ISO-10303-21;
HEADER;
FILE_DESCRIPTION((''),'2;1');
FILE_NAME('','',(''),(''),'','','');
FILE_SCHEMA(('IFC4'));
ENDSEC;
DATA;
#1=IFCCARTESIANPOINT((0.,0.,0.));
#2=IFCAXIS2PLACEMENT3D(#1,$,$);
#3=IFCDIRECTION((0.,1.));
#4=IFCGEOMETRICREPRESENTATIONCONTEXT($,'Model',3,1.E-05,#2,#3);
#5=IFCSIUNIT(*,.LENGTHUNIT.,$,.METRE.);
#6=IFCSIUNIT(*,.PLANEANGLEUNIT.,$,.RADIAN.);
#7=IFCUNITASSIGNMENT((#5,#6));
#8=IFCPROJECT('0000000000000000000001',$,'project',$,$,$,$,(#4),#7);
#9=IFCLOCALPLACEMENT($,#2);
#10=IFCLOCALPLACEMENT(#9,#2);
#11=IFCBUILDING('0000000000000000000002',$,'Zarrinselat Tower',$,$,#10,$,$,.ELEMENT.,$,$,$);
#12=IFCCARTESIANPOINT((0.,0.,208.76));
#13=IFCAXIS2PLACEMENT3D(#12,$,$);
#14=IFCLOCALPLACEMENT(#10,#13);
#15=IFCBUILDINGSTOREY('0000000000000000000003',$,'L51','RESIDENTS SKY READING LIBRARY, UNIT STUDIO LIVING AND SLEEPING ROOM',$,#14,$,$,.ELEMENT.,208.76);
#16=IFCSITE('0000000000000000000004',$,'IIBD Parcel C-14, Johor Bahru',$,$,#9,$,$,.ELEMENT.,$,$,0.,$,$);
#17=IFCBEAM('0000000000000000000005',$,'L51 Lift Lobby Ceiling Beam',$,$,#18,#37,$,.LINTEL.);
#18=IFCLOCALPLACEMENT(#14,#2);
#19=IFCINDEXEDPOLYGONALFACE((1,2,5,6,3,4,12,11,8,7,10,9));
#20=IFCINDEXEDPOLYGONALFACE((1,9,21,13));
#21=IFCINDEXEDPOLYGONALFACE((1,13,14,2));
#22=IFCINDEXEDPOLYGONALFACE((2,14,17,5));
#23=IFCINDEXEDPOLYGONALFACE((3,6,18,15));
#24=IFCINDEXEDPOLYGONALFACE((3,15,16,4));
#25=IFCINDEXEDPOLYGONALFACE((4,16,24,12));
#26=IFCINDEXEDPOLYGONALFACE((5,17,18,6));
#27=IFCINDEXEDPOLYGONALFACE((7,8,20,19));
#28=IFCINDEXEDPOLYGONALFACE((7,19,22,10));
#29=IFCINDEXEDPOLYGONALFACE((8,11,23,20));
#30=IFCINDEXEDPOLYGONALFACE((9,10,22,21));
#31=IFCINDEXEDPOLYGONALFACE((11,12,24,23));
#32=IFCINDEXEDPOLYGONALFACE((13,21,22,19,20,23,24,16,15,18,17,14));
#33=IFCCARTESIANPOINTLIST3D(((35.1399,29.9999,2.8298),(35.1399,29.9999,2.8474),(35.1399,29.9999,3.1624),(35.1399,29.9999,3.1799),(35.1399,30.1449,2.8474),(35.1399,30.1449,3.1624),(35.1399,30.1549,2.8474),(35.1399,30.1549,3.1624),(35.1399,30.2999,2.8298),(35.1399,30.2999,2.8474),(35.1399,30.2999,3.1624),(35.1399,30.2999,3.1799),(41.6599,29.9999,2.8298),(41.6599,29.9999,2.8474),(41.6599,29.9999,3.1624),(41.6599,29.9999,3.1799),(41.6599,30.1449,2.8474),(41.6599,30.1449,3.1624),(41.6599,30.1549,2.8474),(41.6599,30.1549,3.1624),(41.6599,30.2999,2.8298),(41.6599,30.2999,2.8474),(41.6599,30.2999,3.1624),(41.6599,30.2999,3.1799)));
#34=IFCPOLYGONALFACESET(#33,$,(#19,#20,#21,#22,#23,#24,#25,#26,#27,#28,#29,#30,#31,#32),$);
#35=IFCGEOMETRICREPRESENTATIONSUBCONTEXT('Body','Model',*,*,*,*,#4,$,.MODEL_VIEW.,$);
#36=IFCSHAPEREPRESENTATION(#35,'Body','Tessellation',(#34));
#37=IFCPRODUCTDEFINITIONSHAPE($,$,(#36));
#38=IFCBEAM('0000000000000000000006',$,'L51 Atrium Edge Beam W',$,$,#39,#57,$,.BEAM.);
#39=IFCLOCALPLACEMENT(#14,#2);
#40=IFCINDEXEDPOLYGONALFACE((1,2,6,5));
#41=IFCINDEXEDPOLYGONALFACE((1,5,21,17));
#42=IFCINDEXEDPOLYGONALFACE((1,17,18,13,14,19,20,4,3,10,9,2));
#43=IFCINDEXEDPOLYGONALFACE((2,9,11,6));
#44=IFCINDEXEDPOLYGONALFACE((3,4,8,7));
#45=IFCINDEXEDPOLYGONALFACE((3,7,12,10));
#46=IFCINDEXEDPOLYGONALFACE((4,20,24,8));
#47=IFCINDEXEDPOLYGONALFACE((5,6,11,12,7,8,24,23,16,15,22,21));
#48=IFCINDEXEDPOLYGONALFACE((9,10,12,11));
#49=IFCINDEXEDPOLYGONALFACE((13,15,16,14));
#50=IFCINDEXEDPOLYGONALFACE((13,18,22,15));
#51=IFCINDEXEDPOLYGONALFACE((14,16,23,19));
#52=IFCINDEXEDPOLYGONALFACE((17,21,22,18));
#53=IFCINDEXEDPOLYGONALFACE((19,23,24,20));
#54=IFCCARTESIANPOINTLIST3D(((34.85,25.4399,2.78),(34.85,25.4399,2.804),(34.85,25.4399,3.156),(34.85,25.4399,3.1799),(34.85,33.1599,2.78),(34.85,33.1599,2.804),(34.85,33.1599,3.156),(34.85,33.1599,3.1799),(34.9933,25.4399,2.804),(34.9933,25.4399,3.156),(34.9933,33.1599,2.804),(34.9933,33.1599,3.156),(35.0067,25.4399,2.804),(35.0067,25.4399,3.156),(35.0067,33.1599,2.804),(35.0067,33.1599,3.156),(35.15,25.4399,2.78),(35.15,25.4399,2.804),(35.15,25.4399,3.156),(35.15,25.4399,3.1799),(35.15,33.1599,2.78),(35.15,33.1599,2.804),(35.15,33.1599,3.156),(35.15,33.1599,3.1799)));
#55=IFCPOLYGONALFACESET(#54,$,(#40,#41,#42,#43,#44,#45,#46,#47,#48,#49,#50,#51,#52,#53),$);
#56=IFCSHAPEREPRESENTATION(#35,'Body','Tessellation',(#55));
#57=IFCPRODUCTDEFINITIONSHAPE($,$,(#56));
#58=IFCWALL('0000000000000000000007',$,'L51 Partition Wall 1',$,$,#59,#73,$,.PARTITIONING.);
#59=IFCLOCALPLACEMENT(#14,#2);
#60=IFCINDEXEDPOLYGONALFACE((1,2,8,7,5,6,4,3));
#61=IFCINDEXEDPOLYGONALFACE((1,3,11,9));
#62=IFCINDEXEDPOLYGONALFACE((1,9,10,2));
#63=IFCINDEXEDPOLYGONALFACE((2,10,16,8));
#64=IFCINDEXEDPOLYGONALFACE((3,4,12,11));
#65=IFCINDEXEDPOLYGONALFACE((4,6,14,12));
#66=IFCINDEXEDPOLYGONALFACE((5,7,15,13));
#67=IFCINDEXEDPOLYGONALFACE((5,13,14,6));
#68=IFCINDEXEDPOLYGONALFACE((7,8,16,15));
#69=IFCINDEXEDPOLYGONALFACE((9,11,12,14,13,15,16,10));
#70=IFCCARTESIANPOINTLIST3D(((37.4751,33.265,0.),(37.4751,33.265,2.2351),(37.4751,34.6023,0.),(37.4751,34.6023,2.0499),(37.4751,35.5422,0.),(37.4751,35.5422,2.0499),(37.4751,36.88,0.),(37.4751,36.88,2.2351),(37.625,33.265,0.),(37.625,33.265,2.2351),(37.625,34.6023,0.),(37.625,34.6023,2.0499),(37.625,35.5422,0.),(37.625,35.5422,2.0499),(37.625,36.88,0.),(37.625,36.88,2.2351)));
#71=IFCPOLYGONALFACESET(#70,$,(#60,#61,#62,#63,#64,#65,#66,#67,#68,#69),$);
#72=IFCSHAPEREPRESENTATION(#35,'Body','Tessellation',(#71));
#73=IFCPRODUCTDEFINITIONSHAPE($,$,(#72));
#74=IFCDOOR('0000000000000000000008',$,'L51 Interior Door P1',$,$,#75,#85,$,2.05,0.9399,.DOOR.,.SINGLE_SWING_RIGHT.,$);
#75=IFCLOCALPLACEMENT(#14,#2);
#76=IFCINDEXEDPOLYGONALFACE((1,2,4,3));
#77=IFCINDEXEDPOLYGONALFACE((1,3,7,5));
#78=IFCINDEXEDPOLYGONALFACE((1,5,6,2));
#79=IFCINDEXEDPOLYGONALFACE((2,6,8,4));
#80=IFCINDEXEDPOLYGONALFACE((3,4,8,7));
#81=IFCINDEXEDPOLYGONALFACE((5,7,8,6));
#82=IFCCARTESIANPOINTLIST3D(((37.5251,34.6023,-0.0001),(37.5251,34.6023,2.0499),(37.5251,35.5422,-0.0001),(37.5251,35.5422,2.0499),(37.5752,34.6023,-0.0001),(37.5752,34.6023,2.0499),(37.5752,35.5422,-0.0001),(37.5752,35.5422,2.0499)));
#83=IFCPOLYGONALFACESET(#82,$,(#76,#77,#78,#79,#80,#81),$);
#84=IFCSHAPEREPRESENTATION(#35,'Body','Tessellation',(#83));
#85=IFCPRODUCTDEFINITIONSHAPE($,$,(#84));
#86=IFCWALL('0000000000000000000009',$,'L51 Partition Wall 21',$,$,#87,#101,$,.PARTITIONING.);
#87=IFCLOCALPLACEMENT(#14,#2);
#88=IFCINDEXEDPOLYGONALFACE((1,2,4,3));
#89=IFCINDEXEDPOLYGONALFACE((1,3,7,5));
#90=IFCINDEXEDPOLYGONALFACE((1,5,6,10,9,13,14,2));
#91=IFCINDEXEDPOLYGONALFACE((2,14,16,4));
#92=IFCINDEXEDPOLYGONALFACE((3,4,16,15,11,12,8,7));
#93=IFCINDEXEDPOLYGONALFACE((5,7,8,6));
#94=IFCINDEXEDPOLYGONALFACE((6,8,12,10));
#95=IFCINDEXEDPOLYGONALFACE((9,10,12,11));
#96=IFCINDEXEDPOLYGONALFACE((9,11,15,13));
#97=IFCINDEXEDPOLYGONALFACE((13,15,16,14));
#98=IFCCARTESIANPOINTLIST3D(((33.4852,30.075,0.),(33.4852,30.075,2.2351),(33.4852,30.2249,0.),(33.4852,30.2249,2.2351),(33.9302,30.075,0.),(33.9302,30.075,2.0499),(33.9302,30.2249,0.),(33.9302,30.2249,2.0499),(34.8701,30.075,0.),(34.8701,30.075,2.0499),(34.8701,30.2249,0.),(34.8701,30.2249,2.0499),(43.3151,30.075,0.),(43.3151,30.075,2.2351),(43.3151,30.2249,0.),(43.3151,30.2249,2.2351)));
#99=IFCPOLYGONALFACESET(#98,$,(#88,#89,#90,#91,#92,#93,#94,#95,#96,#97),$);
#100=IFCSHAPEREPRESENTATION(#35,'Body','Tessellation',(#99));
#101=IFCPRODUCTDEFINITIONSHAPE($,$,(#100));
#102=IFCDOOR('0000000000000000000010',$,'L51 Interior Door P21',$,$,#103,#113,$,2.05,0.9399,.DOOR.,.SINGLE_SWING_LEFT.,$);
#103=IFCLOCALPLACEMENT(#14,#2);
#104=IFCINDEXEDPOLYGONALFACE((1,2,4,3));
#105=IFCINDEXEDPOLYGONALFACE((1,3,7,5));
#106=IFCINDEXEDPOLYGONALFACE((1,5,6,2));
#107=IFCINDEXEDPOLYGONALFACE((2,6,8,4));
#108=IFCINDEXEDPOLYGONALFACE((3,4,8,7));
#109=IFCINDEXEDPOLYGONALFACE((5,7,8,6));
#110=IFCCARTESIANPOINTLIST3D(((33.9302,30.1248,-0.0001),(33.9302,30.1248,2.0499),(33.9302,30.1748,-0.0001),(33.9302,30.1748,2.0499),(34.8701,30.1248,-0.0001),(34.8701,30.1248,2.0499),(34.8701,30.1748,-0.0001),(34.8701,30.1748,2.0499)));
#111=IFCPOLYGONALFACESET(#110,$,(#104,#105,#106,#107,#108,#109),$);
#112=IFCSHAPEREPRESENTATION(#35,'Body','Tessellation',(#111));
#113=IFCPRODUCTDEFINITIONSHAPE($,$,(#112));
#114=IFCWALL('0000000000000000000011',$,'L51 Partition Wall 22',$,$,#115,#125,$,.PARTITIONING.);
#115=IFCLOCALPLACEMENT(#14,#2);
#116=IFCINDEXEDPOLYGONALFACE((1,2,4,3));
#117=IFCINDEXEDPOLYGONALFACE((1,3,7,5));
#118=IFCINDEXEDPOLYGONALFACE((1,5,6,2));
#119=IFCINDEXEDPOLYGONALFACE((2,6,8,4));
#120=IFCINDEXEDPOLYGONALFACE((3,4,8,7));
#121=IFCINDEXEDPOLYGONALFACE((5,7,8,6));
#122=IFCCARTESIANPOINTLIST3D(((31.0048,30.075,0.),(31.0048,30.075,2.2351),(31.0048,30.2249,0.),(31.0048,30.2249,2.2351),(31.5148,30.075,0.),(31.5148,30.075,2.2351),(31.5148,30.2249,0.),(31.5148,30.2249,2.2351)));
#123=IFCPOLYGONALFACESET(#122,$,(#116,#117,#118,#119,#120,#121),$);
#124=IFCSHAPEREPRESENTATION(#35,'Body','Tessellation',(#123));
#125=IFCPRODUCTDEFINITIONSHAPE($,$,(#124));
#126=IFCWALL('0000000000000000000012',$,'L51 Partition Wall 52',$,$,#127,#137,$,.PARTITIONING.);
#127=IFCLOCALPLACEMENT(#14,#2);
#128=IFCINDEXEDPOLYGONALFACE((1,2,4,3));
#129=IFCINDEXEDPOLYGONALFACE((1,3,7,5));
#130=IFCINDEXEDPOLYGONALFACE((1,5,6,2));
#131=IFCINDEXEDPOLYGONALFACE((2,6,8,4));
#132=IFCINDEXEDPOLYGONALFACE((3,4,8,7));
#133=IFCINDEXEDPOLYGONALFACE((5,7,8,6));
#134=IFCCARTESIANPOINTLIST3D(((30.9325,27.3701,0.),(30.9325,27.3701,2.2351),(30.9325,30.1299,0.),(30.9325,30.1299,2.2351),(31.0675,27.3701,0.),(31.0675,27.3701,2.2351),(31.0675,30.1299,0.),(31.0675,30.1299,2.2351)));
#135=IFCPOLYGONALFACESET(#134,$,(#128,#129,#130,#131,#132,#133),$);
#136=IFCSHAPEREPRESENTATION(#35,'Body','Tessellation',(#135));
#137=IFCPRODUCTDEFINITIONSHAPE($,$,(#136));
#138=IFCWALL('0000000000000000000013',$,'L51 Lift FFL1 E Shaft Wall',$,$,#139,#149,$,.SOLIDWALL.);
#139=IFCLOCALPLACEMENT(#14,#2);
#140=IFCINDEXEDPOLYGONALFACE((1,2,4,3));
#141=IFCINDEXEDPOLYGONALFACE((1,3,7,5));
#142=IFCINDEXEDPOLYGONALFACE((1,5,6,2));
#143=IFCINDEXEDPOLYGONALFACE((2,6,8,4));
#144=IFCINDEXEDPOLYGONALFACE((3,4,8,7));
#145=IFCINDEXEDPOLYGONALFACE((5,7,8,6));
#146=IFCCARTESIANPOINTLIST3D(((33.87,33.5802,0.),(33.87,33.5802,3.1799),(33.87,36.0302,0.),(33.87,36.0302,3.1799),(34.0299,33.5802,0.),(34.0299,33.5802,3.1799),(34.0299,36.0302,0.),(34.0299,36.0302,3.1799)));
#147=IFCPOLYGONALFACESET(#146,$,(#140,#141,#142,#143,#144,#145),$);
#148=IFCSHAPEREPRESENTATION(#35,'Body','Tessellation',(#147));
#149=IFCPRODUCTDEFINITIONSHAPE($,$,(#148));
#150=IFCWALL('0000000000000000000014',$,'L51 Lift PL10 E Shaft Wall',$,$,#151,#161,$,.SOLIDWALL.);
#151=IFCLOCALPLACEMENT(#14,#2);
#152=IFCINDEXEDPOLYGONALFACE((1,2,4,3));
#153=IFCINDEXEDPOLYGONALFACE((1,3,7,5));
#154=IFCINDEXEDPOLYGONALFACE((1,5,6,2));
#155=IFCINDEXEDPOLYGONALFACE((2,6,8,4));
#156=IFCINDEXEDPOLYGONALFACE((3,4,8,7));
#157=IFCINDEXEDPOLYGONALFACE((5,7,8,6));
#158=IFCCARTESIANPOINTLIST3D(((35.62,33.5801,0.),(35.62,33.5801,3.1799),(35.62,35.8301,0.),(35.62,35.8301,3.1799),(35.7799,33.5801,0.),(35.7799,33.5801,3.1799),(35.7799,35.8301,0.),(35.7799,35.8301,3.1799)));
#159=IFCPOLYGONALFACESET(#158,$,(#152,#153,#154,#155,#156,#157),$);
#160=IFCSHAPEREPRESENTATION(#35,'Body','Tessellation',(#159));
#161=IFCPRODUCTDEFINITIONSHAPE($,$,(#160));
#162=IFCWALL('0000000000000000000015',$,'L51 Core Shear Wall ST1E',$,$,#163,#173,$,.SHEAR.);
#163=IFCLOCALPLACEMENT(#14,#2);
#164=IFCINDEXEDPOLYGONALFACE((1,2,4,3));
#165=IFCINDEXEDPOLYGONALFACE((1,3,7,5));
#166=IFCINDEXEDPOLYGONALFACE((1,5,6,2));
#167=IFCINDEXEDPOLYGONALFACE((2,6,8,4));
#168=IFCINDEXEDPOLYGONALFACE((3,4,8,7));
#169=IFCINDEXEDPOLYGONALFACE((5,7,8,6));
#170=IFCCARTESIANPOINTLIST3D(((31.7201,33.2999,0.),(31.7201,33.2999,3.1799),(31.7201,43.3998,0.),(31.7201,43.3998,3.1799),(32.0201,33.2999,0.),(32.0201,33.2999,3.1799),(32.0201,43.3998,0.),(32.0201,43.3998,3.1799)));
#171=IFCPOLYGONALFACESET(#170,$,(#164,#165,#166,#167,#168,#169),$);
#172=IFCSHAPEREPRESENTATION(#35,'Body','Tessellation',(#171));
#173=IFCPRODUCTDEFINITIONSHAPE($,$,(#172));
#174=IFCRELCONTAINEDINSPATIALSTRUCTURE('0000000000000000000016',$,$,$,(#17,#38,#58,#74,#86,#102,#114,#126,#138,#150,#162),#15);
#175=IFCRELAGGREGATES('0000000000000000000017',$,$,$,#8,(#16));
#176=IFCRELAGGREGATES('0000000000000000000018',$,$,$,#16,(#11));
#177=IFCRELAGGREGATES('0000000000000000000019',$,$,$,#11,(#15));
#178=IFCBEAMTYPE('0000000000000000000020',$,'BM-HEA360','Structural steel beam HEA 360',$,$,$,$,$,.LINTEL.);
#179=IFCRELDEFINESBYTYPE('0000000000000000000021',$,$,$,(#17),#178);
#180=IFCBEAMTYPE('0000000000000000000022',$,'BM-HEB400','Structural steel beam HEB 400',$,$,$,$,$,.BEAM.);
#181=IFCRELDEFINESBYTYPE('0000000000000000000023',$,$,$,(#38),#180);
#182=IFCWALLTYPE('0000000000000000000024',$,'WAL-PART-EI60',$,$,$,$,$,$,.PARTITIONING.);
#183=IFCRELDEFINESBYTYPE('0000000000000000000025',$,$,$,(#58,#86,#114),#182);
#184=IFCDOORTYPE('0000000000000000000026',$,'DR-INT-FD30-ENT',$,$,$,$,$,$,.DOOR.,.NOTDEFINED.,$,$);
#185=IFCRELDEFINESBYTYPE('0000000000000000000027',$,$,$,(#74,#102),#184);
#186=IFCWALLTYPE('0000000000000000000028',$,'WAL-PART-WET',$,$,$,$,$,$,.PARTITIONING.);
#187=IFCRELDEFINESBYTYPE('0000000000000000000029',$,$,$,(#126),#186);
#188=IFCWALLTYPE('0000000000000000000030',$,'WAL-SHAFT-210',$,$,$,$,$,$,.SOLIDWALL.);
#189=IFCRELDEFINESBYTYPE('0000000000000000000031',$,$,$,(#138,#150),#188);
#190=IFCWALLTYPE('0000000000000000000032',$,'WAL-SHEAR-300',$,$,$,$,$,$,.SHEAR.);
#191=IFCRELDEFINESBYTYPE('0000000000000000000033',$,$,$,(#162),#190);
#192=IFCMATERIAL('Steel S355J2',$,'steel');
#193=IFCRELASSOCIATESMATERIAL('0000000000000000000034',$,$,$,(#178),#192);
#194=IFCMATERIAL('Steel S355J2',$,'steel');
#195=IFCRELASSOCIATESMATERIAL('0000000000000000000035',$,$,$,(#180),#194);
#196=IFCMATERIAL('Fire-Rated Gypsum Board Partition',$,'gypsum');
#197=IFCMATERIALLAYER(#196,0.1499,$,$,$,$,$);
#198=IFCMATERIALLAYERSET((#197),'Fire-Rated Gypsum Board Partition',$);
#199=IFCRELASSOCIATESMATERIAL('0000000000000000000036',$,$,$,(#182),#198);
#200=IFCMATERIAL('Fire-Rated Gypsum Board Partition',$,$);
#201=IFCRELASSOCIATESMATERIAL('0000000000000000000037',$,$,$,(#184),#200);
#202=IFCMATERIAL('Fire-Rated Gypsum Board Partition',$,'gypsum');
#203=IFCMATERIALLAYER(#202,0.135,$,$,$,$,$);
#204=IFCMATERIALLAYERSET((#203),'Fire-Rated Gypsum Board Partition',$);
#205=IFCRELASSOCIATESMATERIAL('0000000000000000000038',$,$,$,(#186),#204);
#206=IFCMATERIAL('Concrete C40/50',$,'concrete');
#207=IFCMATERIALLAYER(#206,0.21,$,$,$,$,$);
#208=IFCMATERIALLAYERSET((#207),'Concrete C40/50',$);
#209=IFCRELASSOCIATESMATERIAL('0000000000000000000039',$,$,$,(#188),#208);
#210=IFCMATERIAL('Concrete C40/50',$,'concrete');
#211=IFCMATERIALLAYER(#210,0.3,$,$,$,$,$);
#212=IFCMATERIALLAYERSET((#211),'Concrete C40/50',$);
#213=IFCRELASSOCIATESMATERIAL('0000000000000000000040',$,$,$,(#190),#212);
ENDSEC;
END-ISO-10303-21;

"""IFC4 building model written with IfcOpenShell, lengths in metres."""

from ifc_helpers import new_model, si_unit, direction, frame, frame_2d, origin, origin_2d, place, context, subcontext, project, spatial, rectangle, i_section, extrude, material, layer, layer_set, material_profile, profile_set, type_object, element, fill, save


model = new_model("IFC4")

# Units and contexts
model_context = context("Model", 3, precision=1e-05, world=origin(), true_north=direction((0.0, 1.0)))
body_context = subcontext(model_context, "Body", "Model", "MODEL_VIEW")
ifc_project = project(units=[si_unit("LENGTHUNIT", "METRE"), si_unit("PLANEANGLEUNIT", "RADIAN")], contexts=[model_context])

# Site, building, storey
site_placement = place(None, origin())
site = spatial("IfcSite", under=ifc_project, at=site_placement, Name="IIBD Parcel C-14, Johor Bahru", CompositionType="ELEMENT", RefElevation=0.0)
building_placement = place(site_placement, origin())
building = spatial("IfcBuilding", under=site, at=building_placement, Name="Zarrinselat Tower", CompositionType="ELEMENT")
storey_placement = place(building_placement, frame((0.0, 0.0, 208.76)))
storey = spatial("IfcBuildingStorey", under=building, at=storey_placement, Name="L51", Description="RESIDENTS SKY READING LIBRARY, UNIT STUDIO LIVING AND SLEEPING ROOM", CompositionType="ELEMENT", Elevation=208.76)

# Beams
ifc_material_1 = material(Name="Steel S355J2", Category="steel")
ifc_material_profile_1 = material_profile(ifc_material_1, i_section(OverallWidth=0.3, OverallDepth=0.3501, WebThickness=0.01, FlangeThickness=0.0176, at=origin_2d()), Name="HEA 360")
ifc_profile_set_1 = profile_set([ifc_material_profile_1], Name="Steel S355J2")
beam_type_1 = type_object("IfcBeamType", Name="BM-HEA360", Description="Structural steel beam HEA 360", PredefinedType="LINTEL", material=ifc_profile_set_1)
beam_1_placement = place(storey_placement, frame((35.1399, 30.1499, 3.0049), z_axis=(1.0, 0.0, 0.0), x_axis=(0.0, 1.0, 0.0)))
element("IfcBeam", 1, at=beam_1_placement, inside=storey, type_object=beam_type_1, Name="L51 Lift Lobby Ceiling Beam", PredefinedType="LINTEL", context=body_context, shape_type="SweptSolid", body=[
    extrude(i_section(OverallWidth=0.3, OverallDepth=0.3501, WebThickness=0.01, FlangeThickness=0.0176, at=origin_2d()), origin(), (0.0, 0.0, 1.0), 6.52),
])
ifc_material_2 = material(Name="Steel S355J2", Category="steel")
ifc_material_profile_2 = material_profile(ifc_material_2, i_section(OverallWidth=0.3, OverallDepth=0.3999, WebThickness=0.0134, FlangeThickness=0.0239, at=origin_2d()), Name="HEB 400")
ifc_profile_set_2 = profile_set([ifc_material_profile_2], Name="Steel S355J2")
beam_type_2 = type_object("IfcBeamType", Name="BM-HEB400", Description="Structural steel beam HEB 400", PredefinedType="BEAM", material=ifc_profile_set_2)
beam_2_placement = place(storey_placement, frame((35.0, 25.4399, 2.98), z_axis=(0.0, 1.0, 0.0), x_axis=(-1.0, 0.0, 0.0)))
element("IfcBeam", 2, at=beam_2_placement, inside=storey, type_object=beam_type_2, Name="L51 Atrium Edge Beam W", PredefinedType="BEAM", context=body_context, shape_type="SweptSolid", body=[
    extrude(i_section(OverallWidth=0.3, OverallDepth=0.3999, WebThickness=0.0134, FlangeThickness=0.0239, at=origin_2d()), origin(), (0.0, 0.0, 1.0), 7.72),
])

# Walls, openings, doors
ifc_material_3 = material(Name="Fire-Rated Gypsum Board Partition", Category="gypsum")
ifc_layer_1 = layer(ifc_material_3, 0.1499)
ifc_layer_set_1 = layer_set([ifc_layer_1], Name="Fire-Rated Gypsum Board Partition")
wall_type_1 = type_object("IfcWallType", Name="WAL-PART-EI60", PredefinedType="PARTITIONING", material=ifc_layer_set_1)
wall_1_placement = place(storey_placement, frame((37.55, 33.2649, 0.0), z_axis=(0.0, 0.0, 1.0), x_axis=(0.0, 1.0, 0.0)))
wall_1 = element("IfcWall", 3, at=wall_1_placement, inside=storey, type_object=wall_type_1, Name="L51 Partition Wall 1", PredefinedType="PARTITIONING", context=body_context, shape_type="SweptSolid", body=[
    extrude(rectangle(XDim=3.615, YDim=0.1499, at=frame_2d((1.8076, 0.0))), origin(), (0.0, 0.0, 1.0), 2.2351),
])
opening_1_placement = place(wall_1_placement, frame((1.3374, 0.0, 0.0)))
opening_1 = element("IfcOpeningElement", 4, at=opening_1_placement, cuts=wall_1, PredefinedType="OPENING", context=body_context, shape_type="SweptSolid", body=[
    extrude(rectangle(XDim=0.9399, YDim=2.05, at=frame_2d((0.47, 1.0249))), frame((0.0, 0.085, 0.0), z_axis=(0.0, -1.0, 0.0), x_axis=(1.0, 0.0, 0.0)), (0.0, 0.0, 1.0), 0.1699),
])
ifc_material_4 = material(Name="Fire-Rated Gypsum Board Partition")
door_type = type_object("IfcDoorType", Name="DR-INT-FD30-ENT", OperationType="NOTDEFINED", PredefinedType="DOOR", material=ifc_material_4)
door_1_placement = place(opening_1_placement, origin())
door_1 = element("IfcDoor", 5, at=door_1_placement, inside=storey, type_object=door_type, Name="L51 Interior Door P1", OperationType="SINGLE_SWING_RIGHT", OverallHeight=2.05, OverallWidth=0.9399, PredefinedType="DOOR", context=body_context, shape_type="SweptSolid", body=[
    extrude(rectangle(XDim=0.9399, YDim=2.05, at=frame_2d((0.47, 1.0249))), frame((0.0, 0.0249, 0.0), z_axis=(0.0, -1.0, 0.0), x_axis=(1.0, 0.0, 0.0)), (0.0, 0.0, 1.0), 0.05),
])
fill(opening_1, door_1)
wall_2_placement = place(storey_placement, frame((33.4851, 30.1499, 0.0), z_axis=(0.0, 0.0, 1.0), x_axis=(1.0, 0.0, 0.0)))
wall_2 = element("IfcWall", 6, at=wall_2_placement, inside=storey, type_object=wall_type_1, Name="L51 Partition Wall 21", PredefinedType="PARTITIONING", context=body_context, shape_type="SweptSolid", body=[
    extrude(rectangle(XDim=9.8298, YDim=0.1499, at=frame_2d((4.915, 0.0))), origin(), (0.0, 0.0, 1.0), 2.2351),
])
opening_2_placement = place(wall_2_placement, frame((0.4451, 0.0, 0.0)))
opening_2 = element("IfcOpeningElement", 7, at=opening_2_placement, cuts=wall_2, PredefinedType="OPENING", context=body_context, shape_type="SweptSolid", body=[
    extrude(rectangle(XDim=0.9399, YDim=2.05, at=frame_2d((0.47, 1.0249))), frame((0.0, 0.085, 0.0), z_axis=(0.0, -1.0, 0.0), x_axis=(1.0, 0.0, 0.0)), (0.0, 0.0, 1.0), 0.1699),
])
door_2_placement = place(opening_2_placement, origin())
door_2 = element("IfcDoor", 8, at=door_2_placement, inside=storey, type_object=door_type, Name="L51 Interior Door P21", OperationType="SINGLE_SWING_LEFT", OverallHeight=2.05, OverallWidth=0.9399, PredefinedType="DOOR", context=body_context, shape_type="SweptSolid", body=[
    extrude(rectangle(XDim=0.9399, YDim=2.05, at=frame_2d((0.47, 1.0249))), frame((0.0, 0.0249, 0.0), z_axis=(0.0, -1.0, 0.0), x_axis=(1.0, 0.0, 0.0)), (0.0, 0.0, 1.0), 0.05),
])
fill(opening_2, door_2)

# Walls
wall_3_placement = place(storey_placement, frame((31.0049, 30.1499, 0.0), z_axis=(0.0, 0.0, 1.0), x_axis=(1.0, 0.0, 0.0)))
element("IfcWall", 9, at=wall_3_placement, inside=storey, type_object=wall_type_1, Name="L51 Partition Wall 22", PredefinedType="PARTITIONING", context=body_context, shape_type="SweptSolid", body=[
    extrude(rectangle(XDim=0.51, YDim=0.1499, at=frame_2d((0.2549, 0.0))), origin(), (0.0, 0.0, 1.0), 2.2351),
])
ifc_material_5 = material(Name="Fire-Rated Gypsum Board Partition", Category="gypsum")
ifc_layer_2 = layer(ifc_material_5, 0.135)
ifc_layer_set_2 = layer_set([ifc_layer_2], Name="Fire-Rated Gypsum Board Partition")
wall_type_2 = type_object("IfcWallType", Name="WAL-PART-WET", PredefinedType="PARTITIONING", material=ifc_layer_set_2)
wall_4_placement = place(storey_placement, frame((31.0, 27.3701, 0.0), z_axis=(0.0, 0.0, 1.0), x_axis=(0.0, 1.0, 0.0)))
element("IfcWall", 10, at=wall_4_placement, inside=storey, type_object=wall_type_2, Name="L51 Partition Wall 52", PredefinedType="PARTITIONING", context=body_context, shape_type="SweptSolid", body=[
    extrude(rectangle(XDim=2.7598, YDim=0.135, at=frame_2d((1.3799, 0.0))), origin(), (0.0, 0.0, 1.0), 2.2351),
])
ifc_material_6 = material(Name="Concrete C40/50", Category="concrete")
ifc_layer_3 = layer(ifc_material_6, 0.21)
ifc_layer_set_3 = layer_set([ifc_layer_3], Name="Concrete C40/50")
wall_type_3 = type_object("IfcWallType", Name="WAL-SHAFT-210", PredefinedType="SOLIDWALL", material=ifc_layer_set_3)
wall_5_placement = place(storey_placement, frame((33.95, 33.5801, 0.0), z_axis=(0.0, 0.0, 1.0), x_axis=(0.0, 1.0, 0.0)))
element("IfcWall", 11, at=wall_5_placement, inside=storey, type_object=wall_type_3, Name="L51 Lift FFL1 E Shaft Wall", PredefinedType="SOLIDWALL", context=body_context, shape_type="SweptSolid", body=[
    extrude(rectangle(XDim=2.45, YDim=0.1599, at=frame_2d((1.2251, 0.0))), origin(), (0.0, 0.0, 1.0), 3.1799),
])
wall_6_placement = place(storey_placement, frame((35.7, 33.5801, 0.0), z_axis=(0.0, 0.0, 1.0), x_axis=(0.0, 1.0, 0.0)))
element("IfcWall", 12, at=wall_6_placement, inside=storey, type_object=wall_type_3, Name="L51 Lift PL10 E Shaft Wall", PredefinedType="SOLIDWALL", context=body_context, shape_type="SweptSolid", body=[
    extrude(rectangle(XDim=2.25, YDim=0.1599, at=frame_2d((1.125, 0.0))), origin(), (0.0, 0.0, 1.0), 3.1799),
])
ifc_material_7 = material(Name="Concrete C40/50", Category="concrete")
ifc_layer_4 = layer(ifc_material_7, 0.3)
ifc_layer_set_4 = layer_set([ifc_layer_4], Name="Concrete C40/50")
wall_type_4 = type_object("IfcWallType", Name="WAL-SHEAR-300", PredefinedType="SHEAR", material=ifc_layer_set_4)
wall_7_placement = place(storey_placement, frame((31.8701, 33.3, 0.0), z_axis=(0.0, 0.0, 1.0), x_axis=(0.0, 1.0, 0.0)))
element("IfcWall", 13, at=wall_7_placement, inside=storey, type_object=wall_type_4, Name="L51 Core Shear Wall ST1E", PredefinedType="SHEAR", context=body_context, shape_type="SweptSolid", body=[
    extrude(rectangle(XDim=10.0999, YDim=0.3, at=frame_2d((5.0498, 0.0))), origin(), (0.0, 0.0, 1.0), 3.1799),
])

save(model, "model.ifc")
